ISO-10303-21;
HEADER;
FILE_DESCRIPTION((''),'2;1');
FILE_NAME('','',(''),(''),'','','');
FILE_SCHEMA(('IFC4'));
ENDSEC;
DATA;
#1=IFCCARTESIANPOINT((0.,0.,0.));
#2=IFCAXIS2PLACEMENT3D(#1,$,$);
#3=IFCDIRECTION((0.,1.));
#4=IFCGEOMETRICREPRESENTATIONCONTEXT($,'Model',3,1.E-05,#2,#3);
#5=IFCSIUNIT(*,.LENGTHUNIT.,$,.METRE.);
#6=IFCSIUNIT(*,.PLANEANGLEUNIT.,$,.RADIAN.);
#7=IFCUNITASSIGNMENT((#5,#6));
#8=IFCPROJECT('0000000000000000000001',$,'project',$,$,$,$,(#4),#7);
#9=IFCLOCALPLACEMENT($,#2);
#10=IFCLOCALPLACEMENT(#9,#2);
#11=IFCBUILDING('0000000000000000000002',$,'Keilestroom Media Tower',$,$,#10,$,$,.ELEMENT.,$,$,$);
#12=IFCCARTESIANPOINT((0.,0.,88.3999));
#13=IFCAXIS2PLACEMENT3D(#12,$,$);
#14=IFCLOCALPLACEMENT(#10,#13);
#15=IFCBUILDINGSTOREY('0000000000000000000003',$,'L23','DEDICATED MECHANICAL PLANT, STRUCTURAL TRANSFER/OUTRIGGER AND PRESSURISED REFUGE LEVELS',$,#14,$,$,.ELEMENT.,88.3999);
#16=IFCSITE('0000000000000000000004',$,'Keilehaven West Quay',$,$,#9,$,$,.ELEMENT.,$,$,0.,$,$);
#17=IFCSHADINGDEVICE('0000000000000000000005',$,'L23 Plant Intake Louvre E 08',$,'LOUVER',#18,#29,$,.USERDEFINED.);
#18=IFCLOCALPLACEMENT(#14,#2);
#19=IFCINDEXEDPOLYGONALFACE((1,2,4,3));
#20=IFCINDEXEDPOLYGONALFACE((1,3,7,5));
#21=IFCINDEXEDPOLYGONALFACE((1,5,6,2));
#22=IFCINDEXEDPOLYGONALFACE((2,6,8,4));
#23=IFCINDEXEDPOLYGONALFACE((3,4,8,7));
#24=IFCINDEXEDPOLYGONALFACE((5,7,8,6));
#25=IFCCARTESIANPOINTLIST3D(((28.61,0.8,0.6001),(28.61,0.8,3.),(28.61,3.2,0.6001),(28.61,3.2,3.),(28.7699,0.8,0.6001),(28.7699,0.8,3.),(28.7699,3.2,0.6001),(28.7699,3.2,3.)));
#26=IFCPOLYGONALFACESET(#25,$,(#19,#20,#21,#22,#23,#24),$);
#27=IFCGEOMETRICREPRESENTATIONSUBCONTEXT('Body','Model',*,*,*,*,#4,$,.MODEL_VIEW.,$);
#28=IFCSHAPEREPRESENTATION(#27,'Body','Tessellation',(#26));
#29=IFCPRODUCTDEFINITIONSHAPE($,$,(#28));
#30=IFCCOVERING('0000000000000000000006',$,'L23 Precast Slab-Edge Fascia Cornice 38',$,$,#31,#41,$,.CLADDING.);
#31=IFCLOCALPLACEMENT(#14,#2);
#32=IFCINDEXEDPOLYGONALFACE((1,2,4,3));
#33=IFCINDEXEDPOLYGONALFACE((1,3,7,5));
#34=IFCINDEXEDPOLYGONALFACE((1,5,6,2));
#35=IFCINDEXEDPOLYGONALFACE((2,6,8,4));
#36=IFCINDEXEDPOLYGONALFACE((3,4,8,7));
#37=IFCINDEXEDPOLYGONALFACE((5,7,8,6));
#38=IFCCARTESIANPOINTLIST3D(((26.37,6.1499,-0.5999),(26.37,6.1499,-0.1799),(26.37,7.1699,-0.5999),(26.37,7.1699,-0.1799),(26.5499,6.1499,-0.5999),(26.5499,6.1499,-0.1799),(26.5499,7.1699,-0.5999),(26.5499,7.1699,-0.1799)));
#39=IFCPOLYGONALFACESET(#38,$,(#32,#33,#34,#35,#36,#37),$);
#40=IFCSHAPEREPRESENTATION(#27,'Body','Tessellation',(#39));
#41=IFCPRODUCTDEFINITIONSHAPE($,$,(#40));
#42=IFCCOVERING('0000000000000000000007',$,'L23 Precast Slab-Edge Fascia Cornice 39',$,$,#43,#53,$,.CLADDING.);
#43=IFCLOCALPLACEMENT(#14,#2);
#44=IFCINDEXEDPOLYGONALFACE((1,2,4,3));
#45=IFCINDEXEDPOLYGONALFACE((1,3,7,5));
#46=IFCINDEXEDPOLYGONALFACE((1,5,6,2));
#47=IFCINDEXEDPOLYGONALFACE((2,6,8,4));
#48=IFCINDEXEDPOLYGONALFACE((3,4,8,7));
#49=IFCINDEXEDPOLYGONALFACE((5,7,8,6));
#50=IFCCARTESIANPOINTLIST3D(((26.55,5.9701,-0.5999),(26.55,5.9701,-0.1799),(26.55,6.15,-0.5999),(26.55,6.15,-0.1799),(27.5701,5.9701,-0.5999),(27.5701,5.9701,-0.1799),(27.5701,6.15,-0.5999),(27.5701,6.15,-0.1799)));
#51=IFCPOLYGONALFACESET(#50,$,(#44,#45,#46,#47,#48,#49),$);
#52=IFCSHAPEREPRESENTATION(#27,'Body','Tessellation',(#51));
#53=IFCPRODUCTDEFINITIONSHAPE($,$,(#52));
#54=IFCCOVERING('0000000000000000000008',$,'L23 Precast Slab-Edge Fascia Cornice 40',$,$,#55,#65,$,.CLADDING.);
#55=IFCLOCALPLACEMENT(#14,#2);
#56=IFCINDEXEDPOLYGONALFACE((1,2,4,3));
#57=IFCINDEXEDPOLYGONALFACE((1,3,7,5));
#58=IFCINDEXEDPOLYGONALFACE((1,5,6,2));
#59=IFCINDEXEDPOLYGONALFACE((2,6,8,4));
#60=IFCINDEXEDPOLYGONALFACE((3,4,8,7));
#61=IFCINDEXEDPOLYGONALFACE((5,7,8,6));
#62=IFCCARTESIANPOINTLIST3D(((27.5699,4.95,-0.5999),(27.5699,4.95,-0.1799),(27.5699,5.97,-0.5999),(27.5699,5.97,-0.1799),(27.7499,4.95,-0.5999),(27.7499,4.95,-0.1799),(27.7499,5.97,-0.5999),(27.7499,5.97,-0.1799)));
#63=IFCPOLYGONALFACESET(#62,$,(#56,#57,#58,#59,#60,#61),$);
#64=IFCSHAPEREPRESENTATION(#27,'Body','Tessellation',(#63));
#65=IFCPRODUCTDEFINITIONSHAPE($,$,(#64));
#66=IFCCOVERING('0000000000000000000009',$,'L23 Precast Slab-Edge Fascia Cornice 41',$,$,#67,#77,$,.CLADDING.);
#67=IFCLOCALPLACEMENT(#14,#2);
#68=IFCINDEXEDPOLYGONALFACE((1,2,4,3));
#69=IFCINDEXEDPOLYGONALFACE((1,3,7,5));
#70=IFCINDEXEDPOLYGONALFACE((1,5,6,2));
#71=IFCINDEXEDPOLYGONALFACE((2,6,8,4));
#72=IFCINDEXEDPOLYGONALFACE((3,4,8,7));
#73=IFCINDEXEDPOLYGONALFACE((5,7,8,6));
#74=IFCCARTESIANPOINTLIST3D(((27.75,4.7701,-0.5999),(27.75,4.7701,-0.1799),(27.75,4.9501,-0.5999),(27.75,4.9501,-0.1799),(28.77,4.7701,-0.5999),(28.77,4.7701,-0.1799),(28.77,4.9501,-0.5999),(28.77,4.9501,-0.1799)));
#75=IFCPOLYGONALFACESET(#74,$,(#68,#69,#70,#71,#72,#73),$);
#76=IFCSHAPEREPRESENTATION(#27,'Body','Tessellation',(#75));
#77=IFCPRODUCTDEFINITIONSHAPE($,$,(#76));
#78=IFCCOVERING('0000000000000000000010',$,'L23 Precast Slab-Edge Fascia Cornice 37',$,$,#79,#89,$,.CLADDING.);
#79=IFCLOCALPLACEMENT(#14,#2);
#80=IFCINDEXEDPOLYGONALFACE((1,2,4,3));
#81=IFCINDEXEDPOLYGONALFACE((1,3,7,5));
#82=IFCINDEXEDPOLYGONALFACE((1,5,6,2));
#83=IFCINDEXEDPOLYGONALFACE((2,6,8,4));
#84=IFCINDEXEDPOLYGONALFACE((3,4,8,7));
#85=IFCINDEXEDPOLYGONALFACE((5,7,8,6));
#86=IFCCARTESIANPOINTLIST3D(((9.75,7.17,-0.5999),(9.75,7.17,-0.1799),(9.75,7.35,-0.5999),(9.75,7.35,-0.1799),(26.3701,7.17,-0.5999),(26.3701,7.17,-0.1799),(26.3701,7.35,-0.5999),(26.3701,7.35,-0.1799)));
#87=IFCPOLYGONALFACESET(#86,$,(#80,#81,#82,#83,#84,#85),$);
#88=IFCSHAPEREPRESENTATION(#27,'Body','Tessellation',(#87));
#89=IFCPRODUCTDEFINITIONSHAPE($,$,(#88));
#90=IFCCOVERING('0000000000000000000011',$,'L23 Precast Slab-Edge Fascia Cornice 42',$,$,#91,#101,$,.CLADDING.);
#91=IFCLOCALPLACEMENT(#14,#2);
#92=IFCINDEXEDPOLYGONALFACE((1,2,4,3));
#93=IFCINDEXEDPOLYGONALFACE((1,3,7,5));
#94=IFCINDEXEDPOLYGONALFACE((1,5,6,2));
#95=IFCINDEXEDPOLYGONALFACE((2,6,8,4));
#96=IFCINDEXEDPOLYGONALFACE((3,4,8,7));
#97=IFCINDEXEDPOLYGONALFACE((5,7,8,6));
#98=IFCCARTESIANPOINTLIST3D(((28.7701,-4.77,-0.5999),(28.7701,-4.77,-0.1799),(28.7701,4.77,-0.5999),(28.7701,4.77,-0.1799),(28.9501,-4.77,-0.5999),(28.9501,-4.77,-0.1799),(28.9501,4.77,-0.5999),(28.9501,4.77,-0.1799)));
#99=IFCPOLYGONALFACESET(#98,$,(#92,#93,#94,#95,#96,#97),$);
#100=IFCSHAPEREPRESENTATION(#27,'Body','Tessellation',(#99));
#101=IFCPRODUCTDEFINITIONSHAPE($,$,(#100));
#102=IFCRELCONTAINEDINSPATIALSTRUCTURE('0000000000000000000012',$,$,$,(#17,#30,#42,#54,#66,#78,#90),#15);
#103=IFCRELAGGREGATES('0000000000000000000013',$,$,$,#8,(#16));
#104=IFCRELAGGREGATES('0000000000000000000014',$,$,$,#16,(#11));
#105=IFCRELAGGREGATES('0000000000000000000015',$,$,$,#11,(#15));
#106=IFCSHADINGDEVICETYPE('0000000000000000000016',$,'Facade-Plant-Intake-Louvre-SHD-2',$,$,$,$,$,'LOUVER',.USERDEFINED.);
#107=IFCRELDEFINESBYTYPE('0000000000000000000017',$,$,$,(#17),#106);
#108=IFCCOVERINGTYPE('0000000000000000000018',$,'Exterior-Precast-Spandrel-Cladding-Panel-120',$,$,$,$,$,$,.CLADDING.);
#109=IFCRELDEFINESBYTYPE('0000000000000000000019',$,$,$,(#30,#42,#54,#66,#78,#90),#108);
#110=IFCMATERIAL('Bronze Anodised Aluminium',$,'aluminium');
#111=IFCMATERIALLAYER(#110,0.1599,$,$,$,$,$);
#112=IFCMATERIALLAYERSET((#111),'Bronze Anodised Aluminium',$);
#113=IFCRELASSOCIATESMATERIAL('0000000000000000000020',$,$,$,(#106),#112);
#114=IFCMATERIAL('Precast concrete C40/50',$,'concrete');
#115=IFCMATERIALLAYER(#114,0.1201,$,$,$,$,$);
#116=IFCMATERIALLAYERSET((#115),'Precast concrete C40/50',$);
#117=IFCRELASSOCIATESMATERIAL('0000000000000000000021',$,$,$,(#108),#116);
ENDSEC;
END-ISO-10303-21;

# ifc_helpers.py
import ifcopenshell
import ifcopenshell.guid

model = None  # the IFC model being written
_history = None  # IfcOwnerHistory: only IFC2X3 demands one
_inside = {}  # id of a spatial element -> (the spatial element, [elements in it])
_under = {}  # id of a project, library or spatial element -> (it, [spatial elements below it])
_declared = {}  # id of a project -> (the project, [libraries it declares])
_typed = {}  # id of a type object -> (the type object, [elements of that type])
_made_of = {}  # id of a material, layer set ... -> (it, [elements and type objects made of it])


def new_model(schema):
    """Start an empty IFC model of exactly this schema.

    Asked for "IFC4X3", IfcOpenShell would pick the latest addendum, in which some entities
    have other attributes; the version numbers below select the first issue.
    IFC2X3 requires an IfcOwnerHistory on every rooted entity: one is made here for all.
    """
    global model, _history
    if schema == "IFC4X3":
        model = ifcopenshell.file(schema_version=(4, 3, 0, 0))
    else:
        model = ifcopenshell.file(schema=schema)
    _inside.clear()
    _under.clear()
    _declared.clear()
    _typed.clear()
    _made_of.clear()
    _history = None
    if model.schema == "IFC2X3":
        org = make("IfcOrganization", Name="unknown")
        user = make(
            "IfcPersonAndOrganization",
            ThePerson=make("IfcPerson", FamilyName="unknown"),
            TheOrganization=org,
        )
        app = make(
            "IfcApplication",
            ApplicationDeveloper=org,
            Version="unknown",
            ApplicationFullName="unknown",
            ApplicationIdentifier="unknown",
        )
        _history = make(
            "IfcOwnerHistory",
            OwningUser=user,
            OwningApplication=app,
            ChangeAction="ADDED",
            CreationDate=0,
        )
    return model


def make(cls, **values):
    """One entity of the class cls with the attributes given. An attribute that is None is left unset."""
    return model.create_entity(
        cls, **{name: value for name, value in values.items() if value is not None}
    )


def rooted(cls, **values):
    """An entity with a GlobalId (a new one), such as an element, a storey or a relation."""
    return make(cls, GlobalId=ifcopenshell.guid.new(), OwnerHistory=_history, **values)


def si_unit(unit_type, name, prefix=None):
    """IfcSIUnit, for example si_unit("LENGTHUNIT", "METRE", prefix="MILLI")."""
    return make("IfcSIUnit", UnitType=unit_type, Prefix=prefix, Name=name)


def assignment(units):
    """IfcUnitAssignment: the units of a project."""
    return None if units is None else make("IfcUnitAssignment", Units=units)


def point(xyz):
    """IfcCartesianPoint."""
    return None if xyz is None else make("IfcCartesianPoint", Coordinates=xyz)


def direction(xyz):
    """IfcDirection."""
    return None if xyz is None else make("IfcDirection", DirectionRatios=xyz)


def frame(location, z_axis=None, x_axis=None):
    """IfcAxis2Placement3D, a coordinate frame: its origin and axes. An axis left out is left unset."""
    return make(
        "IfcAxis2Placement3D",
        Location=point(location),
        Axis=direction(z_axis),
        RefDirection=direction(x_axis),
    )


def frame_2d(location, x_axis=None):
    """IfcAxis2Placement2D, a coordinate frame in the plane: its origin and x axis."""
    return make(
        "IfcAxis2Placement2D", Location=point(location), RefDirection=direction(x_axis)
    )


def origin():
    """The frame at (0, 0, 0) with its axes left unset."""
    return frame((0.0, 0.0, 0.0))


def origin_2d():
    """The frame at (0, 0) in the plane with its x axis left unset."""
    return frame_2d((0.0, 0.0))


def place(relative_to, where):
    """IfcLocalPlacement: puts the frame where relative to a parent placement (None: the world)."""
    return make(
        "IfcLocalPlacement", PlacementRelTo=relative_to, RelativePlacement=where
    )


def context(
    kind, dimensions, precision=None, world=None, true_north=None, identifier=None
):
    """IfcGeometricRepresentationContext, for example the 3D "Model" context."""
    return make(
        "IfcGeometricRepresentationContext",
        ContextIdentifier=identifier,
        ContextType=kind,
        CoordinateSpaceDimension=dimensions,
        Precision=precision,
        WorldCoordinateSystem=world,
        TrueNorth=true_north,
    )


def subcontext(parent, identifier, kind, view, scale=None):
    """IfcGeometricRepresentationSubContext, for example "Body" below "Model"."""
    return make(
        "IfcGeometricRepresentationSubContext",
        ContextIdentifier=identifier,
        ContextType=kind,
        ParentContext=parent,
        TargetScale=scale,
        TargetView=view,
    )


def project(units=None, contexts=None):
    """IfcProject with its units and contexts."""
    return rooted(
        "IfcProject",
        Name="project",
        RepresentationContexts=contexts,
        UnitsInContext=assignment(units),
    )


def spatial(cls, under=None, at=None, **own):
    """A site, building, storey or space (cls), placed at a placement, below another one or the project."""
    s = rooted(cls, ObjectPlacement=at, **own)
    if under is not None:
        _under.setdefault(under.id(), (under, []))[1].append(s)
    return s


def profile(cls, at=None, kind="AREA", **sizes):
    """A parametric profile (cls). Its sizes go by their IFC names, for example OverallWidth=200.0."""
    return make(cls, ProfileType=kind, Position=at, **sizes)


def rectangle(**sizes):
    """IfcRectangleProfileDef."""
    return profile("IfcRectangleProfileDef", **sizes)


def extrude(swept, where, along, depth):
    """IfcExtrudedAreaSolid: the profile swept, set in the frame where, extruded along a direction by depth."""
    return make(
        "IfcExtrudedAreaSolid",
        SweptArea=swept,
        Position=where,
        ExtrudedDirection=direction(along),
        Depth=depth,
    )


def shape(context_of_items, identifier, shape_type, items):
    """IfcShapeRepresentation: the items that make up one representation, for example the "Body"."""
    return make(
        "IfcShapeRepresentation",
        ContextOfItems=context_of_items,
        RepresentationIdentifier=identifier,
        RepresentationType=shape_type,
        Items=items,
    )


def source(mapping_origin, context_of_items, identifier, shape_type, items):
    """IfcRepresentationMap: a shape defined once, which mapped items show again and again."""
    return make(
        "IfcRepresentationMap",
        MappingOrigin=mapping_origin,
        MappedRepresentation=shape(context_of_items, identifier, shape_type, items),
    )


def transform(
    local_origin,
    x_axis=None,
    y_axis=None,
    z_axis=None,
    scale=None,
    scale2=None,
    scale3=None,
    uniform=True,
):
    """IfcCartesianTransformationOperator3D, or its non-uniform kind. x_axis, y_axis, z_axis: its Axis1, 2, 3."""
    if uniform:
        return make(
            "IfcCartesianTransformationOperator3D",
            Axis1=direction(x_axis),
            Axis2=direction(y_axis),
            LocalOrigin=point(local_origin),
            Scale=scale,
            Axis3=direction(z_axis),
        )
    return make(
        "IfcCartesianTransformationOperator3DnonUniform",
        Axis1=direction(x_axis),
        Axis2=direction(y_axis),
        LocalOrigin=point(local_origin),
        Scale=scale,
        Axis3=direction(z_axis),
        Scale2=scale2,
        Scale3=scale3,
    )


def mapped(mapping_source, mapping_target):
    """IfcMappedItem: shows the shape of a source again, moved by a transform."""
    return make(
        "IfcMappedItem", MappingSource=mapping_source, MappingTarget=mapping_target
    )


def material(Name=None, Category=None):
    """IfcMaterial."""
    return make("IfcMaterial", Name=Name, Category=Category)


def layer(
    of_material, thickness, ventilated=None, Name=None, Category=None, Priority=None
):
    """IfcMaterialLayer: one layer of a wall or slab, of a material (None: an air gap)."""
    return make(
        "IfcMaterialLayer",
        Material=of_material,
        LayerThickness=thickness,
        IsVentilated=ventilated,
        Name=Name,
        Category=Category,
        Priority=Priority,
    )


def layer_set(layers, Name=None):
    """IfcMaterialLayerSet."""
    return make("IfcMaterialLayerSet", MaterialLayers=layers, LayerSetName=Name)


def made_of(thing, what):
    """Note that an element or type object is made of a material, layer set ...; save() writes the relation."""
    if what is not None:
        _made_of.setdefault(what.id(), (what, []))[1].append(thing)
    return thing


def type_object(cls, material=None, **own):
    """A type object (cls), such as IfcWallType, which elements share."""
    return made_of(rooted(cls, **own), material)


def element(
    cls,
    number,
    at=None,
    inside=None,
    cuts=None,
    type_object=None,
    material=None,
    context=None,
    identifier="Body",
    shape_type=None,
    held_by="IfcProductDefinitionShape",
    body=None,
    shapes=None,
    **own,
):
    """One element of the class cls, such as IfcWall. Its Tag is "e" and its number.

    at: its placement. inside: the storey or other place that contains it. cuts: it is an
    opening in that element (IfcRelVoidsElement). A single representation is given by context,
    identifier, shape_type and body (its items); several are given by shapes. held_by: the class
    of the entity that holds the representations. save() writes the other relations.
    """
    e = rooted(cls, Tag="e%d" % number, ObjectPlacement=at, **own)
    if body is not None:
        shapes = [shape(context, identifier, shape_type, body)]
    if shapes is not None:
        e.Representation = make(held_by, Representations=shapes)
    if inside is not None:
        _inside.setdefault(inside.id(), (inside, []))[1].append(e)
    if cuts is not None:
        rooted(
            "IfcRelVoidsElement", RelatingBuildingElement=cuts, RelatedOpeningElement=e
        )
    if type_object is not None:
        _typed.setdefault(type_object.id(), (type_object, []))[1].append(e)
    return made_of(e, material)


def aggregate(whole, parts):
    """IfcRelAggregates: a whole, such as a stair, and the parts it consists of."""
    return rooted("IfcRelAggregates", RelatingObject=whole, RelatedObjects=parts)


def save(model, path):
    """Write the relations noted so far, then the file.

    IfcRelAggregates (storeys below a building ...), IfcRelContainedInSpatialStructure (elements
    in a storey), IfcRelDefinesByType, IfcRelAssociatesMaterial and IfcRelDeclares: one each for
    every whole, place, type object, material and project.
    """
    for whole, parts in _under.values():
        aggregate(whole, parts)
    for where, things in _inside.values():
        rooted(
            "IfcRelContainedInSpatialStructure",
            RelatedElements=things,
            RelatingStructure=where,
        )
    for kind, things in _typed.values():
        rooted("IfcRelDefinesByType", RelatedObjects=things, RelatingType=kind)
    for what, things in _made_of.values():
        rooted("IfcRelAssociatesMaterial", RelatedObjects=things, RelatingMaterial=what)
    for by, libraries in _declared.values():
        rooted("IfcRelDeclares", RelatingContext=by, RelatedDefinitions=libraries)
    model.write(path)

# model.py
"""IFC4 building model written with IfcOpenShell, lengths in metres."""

from ifc_helpers import new_model, si_unit, direction, frame, origin, origin_2d, place, context, subcontext, project, spatial, rectangle, extrude, source, transform, mapped, material, layer, layer_set, type_object, element, save


model = new_model("IFC4")

# Units and contexts
model_context = context("Model", 3, precision=1e-05, world=origin(), true_north=direction((0.0, 1.0)))
body_context = subcontext(model_context, "Body", "Model", "MODEL_VIEW")
ifc_project = project(units=[si_unit("LENGTHUNIT", "METRE"), si_unit("PLANEANGLEUNIT", "RADIAN")], contexts=[model_context])

# Site, building, storey
site_placement = place(None, origin())
site = spatial("IfcSite", under=ifc_project, at=site_placement, Name="Keilehaven West Quay", CompositionType="ELEMENT", RefElevation=0.0)
building_placement = place(site_placement, origin())
building = spatial("IfcBuilding", under=site, at=building_placement, Name="Keilestroom Media Tower", CompositionType="ELEMENT")
storey_placement = place(building_placement, frame((0.0, 0.0, 88.3999)))
storey = spatial("IfcBuildingStorey", under=building, at=storey_placement, Name="L23", Description="DEDICATED MECHANICAL PLANT, STRUCTURAL TRANSFER/OUTRIGGER AND PRESSURISED REFUGE LEVELS", CompositionType="ELEMENT", Elevation=88.3999)

# Shared definitions
ifc_material_1 = material(Name="Precast concrete C40/50", Category="concrete")

# Shading device
ifc_material_2 = material(Name="Bronze Anodised Aluminium", Category="aluminium")
ifc_layer_1 = layer(ifc_material_2, 0.1599)
ifc_layer_set_1 = layer_set([ifc_layer_1], Name="Bronze Anodised Aluminium")
shading_device_type = type_object("IfcShadingDeviceType", Name="Facade-Plant-Intake-Louvre-SHD-2", ElementType="LOUVER", PredefinedType="USERDEFINED", material=ifc_layer_set_1)
shared_shape_1 = source(origin(), body_context, "Body", "SweptSolid", [
    extrude(rectangle(XDim=0.1599, YDim=2.3999, at=origin_2d()), origin(), (0.0, 0.0, 1.0), 2.3999),
])
shading_device_placement = place(storey_placement, frame((28.6899, 2.0, 0.6001), z_axis=(0.0, 0.0, 1.0), x_axis=(1.0, 0.0, 0.0)))
element("IfcShadingDevice", 1, at=shading_device_placement, inside=storey, type_object=shading_device_type, Name="L23 Plant Intake Louvre E 08", ObjectType="LOUVER", PredefinedType="USERDEFINED", context=body_context, shape_type="MappedRepresentation", body=[
    mapped(shared_shape_1, transform((0.0, 0.0, 0.0), x_axis=(1.0, 0.0, 0.0), y_axis=(0.0, 1.0, 0.0), z_axis=(0.0, 0.0, 1.0), scale=1.0)),
])

# Coverings
ifc_layer_2 = layer(ifc_material_1, 0.1201)
ifc_layer_set_2 = layer_set([ifc_layer_2], Name="Precast concrete C40/50")
covering_type = type_object("IfcCoveringType", Name="Exterior-Precast-Spandrel-Cladding-Panel-120", PredefinedType="CLADDING", material=ifc_layer_set_2)
shared_shape_2 = source(origin(), body_context, "Body", "SweptSolid", [
    extrude(rectangle(XDim=1.02, YDim=0.1799, at=origin_2d()), origin(), (0.0, 0.0, 1.0), 0.4199),
])
for number, where, z_axis, x_axis, name in (
    (2, (26.46, 6.6599, -0.5999), (0.0, 0.0, 1.0), (0.0, -1.0, 0.0), "L23 Precast Slab-Edge Fascia Cornice 38"),
    (3, (27.0601, 6.0601, -0.5999), (0.0, 0.0, 1.0), (1.0, 0.0, 0.0), "L23 Precast Slab-Edge Fascia Cornice 39"),
    (4, (27.6599, 5.46, -0.5999), (0.0, 0.0, 1.0), (0.0, -1.0, 0.0), "L23 Precast Slab-Edge Fascia Cornice 40"),
    (5, (28.26, 4.8601, -0.5999), (0.0, 0.0, 1.0), (1.0, 0.0, 0.0), "L23 Precast Slab-Edge Fascia Cornice 41"),
):
    element("IfcCovering", number, at=place(storey_placement, frame(where, z_axis=z_axis, x_axis=x_axis)), inside=storey, type_object=covering_type, Name=name, PredefinedType="CLADDING", context=body_context, shape_type="MappedRepresentation", body=[
        mapped(shared_shape_2, transform((0.0, 0.0, 0.0), x_axis=(1.0, 0.0, 0.0), y_axis=(0.0, 1.0, 0.0), z_axis=(0.0, 0.0, 1.0), scale=1.0)),
    ])
shared_shape_3 = source(origin(), body_context, "Body", "SweptSolid", [
    extrude(rectangle(XDim=16.6201, YDim=0.1799, at=origin_2d()), origin(), (0.0, 0.0, 1.0), 0.4199),
])
covering_1_placement = place(storey_placement, frame((18.0601, 7.26, -0.5999), z_axis=(0.0, 0.0, 1.0), x_axis=(1.0, 0.0, 0.0)))
element("IfcCovering", 6, at=covering_1_placement, inside=storey, type_object=covering_type, Name="L23 Precast Slab-Edge Fascia Cornice 37", PredefinedType="CLADDING", context=body_context, shape_type="MappedRepresentation", body=[
    mapped(shared_shape_3, transform((0.0, 0.0, 0.0), x_axis=(1.0, 0.0, 0.0), y_axis=(0.0, 1.0, 0.0), z_axis=(0.0, 0.0, 1.0), scale=1.0)),
])
shared_shape_4 = source(origin(), body_context, "Body", "SweptSolid", [
    extrude(rectangle(XDim=9.54, YDim=0.1799, at=origin_2d()), origin(), (0.0, 0.0, 1.0), 0.4199),
])
covering_2_placement = place(storey_placement, frame((28.8601, 0.0, -0.5999), z_axis=(0.0, 0.0, 1.0), x_axis=(0.0, -1.0, 0.0)))
element("IfcCovering", 7, at=covering_2_placement, inside=storey, type_object=covering_type, Name="L23 Precast Slab-Edge Fascia Cornice 42", PredefinedType="CLADDING", context=body_context, shape_type="MappedRepresentation", body=[
    mapped(shared_shape_4, transform((0.0, 0.0, 0.0), x_axis=(1.0, 0.0, 0.0), y_axis=(0.0, 1.0, 0.0), z_axis=(0.0, 0.0, 1.0), scale=1.0)),
])

save(model, "model.ifc")
